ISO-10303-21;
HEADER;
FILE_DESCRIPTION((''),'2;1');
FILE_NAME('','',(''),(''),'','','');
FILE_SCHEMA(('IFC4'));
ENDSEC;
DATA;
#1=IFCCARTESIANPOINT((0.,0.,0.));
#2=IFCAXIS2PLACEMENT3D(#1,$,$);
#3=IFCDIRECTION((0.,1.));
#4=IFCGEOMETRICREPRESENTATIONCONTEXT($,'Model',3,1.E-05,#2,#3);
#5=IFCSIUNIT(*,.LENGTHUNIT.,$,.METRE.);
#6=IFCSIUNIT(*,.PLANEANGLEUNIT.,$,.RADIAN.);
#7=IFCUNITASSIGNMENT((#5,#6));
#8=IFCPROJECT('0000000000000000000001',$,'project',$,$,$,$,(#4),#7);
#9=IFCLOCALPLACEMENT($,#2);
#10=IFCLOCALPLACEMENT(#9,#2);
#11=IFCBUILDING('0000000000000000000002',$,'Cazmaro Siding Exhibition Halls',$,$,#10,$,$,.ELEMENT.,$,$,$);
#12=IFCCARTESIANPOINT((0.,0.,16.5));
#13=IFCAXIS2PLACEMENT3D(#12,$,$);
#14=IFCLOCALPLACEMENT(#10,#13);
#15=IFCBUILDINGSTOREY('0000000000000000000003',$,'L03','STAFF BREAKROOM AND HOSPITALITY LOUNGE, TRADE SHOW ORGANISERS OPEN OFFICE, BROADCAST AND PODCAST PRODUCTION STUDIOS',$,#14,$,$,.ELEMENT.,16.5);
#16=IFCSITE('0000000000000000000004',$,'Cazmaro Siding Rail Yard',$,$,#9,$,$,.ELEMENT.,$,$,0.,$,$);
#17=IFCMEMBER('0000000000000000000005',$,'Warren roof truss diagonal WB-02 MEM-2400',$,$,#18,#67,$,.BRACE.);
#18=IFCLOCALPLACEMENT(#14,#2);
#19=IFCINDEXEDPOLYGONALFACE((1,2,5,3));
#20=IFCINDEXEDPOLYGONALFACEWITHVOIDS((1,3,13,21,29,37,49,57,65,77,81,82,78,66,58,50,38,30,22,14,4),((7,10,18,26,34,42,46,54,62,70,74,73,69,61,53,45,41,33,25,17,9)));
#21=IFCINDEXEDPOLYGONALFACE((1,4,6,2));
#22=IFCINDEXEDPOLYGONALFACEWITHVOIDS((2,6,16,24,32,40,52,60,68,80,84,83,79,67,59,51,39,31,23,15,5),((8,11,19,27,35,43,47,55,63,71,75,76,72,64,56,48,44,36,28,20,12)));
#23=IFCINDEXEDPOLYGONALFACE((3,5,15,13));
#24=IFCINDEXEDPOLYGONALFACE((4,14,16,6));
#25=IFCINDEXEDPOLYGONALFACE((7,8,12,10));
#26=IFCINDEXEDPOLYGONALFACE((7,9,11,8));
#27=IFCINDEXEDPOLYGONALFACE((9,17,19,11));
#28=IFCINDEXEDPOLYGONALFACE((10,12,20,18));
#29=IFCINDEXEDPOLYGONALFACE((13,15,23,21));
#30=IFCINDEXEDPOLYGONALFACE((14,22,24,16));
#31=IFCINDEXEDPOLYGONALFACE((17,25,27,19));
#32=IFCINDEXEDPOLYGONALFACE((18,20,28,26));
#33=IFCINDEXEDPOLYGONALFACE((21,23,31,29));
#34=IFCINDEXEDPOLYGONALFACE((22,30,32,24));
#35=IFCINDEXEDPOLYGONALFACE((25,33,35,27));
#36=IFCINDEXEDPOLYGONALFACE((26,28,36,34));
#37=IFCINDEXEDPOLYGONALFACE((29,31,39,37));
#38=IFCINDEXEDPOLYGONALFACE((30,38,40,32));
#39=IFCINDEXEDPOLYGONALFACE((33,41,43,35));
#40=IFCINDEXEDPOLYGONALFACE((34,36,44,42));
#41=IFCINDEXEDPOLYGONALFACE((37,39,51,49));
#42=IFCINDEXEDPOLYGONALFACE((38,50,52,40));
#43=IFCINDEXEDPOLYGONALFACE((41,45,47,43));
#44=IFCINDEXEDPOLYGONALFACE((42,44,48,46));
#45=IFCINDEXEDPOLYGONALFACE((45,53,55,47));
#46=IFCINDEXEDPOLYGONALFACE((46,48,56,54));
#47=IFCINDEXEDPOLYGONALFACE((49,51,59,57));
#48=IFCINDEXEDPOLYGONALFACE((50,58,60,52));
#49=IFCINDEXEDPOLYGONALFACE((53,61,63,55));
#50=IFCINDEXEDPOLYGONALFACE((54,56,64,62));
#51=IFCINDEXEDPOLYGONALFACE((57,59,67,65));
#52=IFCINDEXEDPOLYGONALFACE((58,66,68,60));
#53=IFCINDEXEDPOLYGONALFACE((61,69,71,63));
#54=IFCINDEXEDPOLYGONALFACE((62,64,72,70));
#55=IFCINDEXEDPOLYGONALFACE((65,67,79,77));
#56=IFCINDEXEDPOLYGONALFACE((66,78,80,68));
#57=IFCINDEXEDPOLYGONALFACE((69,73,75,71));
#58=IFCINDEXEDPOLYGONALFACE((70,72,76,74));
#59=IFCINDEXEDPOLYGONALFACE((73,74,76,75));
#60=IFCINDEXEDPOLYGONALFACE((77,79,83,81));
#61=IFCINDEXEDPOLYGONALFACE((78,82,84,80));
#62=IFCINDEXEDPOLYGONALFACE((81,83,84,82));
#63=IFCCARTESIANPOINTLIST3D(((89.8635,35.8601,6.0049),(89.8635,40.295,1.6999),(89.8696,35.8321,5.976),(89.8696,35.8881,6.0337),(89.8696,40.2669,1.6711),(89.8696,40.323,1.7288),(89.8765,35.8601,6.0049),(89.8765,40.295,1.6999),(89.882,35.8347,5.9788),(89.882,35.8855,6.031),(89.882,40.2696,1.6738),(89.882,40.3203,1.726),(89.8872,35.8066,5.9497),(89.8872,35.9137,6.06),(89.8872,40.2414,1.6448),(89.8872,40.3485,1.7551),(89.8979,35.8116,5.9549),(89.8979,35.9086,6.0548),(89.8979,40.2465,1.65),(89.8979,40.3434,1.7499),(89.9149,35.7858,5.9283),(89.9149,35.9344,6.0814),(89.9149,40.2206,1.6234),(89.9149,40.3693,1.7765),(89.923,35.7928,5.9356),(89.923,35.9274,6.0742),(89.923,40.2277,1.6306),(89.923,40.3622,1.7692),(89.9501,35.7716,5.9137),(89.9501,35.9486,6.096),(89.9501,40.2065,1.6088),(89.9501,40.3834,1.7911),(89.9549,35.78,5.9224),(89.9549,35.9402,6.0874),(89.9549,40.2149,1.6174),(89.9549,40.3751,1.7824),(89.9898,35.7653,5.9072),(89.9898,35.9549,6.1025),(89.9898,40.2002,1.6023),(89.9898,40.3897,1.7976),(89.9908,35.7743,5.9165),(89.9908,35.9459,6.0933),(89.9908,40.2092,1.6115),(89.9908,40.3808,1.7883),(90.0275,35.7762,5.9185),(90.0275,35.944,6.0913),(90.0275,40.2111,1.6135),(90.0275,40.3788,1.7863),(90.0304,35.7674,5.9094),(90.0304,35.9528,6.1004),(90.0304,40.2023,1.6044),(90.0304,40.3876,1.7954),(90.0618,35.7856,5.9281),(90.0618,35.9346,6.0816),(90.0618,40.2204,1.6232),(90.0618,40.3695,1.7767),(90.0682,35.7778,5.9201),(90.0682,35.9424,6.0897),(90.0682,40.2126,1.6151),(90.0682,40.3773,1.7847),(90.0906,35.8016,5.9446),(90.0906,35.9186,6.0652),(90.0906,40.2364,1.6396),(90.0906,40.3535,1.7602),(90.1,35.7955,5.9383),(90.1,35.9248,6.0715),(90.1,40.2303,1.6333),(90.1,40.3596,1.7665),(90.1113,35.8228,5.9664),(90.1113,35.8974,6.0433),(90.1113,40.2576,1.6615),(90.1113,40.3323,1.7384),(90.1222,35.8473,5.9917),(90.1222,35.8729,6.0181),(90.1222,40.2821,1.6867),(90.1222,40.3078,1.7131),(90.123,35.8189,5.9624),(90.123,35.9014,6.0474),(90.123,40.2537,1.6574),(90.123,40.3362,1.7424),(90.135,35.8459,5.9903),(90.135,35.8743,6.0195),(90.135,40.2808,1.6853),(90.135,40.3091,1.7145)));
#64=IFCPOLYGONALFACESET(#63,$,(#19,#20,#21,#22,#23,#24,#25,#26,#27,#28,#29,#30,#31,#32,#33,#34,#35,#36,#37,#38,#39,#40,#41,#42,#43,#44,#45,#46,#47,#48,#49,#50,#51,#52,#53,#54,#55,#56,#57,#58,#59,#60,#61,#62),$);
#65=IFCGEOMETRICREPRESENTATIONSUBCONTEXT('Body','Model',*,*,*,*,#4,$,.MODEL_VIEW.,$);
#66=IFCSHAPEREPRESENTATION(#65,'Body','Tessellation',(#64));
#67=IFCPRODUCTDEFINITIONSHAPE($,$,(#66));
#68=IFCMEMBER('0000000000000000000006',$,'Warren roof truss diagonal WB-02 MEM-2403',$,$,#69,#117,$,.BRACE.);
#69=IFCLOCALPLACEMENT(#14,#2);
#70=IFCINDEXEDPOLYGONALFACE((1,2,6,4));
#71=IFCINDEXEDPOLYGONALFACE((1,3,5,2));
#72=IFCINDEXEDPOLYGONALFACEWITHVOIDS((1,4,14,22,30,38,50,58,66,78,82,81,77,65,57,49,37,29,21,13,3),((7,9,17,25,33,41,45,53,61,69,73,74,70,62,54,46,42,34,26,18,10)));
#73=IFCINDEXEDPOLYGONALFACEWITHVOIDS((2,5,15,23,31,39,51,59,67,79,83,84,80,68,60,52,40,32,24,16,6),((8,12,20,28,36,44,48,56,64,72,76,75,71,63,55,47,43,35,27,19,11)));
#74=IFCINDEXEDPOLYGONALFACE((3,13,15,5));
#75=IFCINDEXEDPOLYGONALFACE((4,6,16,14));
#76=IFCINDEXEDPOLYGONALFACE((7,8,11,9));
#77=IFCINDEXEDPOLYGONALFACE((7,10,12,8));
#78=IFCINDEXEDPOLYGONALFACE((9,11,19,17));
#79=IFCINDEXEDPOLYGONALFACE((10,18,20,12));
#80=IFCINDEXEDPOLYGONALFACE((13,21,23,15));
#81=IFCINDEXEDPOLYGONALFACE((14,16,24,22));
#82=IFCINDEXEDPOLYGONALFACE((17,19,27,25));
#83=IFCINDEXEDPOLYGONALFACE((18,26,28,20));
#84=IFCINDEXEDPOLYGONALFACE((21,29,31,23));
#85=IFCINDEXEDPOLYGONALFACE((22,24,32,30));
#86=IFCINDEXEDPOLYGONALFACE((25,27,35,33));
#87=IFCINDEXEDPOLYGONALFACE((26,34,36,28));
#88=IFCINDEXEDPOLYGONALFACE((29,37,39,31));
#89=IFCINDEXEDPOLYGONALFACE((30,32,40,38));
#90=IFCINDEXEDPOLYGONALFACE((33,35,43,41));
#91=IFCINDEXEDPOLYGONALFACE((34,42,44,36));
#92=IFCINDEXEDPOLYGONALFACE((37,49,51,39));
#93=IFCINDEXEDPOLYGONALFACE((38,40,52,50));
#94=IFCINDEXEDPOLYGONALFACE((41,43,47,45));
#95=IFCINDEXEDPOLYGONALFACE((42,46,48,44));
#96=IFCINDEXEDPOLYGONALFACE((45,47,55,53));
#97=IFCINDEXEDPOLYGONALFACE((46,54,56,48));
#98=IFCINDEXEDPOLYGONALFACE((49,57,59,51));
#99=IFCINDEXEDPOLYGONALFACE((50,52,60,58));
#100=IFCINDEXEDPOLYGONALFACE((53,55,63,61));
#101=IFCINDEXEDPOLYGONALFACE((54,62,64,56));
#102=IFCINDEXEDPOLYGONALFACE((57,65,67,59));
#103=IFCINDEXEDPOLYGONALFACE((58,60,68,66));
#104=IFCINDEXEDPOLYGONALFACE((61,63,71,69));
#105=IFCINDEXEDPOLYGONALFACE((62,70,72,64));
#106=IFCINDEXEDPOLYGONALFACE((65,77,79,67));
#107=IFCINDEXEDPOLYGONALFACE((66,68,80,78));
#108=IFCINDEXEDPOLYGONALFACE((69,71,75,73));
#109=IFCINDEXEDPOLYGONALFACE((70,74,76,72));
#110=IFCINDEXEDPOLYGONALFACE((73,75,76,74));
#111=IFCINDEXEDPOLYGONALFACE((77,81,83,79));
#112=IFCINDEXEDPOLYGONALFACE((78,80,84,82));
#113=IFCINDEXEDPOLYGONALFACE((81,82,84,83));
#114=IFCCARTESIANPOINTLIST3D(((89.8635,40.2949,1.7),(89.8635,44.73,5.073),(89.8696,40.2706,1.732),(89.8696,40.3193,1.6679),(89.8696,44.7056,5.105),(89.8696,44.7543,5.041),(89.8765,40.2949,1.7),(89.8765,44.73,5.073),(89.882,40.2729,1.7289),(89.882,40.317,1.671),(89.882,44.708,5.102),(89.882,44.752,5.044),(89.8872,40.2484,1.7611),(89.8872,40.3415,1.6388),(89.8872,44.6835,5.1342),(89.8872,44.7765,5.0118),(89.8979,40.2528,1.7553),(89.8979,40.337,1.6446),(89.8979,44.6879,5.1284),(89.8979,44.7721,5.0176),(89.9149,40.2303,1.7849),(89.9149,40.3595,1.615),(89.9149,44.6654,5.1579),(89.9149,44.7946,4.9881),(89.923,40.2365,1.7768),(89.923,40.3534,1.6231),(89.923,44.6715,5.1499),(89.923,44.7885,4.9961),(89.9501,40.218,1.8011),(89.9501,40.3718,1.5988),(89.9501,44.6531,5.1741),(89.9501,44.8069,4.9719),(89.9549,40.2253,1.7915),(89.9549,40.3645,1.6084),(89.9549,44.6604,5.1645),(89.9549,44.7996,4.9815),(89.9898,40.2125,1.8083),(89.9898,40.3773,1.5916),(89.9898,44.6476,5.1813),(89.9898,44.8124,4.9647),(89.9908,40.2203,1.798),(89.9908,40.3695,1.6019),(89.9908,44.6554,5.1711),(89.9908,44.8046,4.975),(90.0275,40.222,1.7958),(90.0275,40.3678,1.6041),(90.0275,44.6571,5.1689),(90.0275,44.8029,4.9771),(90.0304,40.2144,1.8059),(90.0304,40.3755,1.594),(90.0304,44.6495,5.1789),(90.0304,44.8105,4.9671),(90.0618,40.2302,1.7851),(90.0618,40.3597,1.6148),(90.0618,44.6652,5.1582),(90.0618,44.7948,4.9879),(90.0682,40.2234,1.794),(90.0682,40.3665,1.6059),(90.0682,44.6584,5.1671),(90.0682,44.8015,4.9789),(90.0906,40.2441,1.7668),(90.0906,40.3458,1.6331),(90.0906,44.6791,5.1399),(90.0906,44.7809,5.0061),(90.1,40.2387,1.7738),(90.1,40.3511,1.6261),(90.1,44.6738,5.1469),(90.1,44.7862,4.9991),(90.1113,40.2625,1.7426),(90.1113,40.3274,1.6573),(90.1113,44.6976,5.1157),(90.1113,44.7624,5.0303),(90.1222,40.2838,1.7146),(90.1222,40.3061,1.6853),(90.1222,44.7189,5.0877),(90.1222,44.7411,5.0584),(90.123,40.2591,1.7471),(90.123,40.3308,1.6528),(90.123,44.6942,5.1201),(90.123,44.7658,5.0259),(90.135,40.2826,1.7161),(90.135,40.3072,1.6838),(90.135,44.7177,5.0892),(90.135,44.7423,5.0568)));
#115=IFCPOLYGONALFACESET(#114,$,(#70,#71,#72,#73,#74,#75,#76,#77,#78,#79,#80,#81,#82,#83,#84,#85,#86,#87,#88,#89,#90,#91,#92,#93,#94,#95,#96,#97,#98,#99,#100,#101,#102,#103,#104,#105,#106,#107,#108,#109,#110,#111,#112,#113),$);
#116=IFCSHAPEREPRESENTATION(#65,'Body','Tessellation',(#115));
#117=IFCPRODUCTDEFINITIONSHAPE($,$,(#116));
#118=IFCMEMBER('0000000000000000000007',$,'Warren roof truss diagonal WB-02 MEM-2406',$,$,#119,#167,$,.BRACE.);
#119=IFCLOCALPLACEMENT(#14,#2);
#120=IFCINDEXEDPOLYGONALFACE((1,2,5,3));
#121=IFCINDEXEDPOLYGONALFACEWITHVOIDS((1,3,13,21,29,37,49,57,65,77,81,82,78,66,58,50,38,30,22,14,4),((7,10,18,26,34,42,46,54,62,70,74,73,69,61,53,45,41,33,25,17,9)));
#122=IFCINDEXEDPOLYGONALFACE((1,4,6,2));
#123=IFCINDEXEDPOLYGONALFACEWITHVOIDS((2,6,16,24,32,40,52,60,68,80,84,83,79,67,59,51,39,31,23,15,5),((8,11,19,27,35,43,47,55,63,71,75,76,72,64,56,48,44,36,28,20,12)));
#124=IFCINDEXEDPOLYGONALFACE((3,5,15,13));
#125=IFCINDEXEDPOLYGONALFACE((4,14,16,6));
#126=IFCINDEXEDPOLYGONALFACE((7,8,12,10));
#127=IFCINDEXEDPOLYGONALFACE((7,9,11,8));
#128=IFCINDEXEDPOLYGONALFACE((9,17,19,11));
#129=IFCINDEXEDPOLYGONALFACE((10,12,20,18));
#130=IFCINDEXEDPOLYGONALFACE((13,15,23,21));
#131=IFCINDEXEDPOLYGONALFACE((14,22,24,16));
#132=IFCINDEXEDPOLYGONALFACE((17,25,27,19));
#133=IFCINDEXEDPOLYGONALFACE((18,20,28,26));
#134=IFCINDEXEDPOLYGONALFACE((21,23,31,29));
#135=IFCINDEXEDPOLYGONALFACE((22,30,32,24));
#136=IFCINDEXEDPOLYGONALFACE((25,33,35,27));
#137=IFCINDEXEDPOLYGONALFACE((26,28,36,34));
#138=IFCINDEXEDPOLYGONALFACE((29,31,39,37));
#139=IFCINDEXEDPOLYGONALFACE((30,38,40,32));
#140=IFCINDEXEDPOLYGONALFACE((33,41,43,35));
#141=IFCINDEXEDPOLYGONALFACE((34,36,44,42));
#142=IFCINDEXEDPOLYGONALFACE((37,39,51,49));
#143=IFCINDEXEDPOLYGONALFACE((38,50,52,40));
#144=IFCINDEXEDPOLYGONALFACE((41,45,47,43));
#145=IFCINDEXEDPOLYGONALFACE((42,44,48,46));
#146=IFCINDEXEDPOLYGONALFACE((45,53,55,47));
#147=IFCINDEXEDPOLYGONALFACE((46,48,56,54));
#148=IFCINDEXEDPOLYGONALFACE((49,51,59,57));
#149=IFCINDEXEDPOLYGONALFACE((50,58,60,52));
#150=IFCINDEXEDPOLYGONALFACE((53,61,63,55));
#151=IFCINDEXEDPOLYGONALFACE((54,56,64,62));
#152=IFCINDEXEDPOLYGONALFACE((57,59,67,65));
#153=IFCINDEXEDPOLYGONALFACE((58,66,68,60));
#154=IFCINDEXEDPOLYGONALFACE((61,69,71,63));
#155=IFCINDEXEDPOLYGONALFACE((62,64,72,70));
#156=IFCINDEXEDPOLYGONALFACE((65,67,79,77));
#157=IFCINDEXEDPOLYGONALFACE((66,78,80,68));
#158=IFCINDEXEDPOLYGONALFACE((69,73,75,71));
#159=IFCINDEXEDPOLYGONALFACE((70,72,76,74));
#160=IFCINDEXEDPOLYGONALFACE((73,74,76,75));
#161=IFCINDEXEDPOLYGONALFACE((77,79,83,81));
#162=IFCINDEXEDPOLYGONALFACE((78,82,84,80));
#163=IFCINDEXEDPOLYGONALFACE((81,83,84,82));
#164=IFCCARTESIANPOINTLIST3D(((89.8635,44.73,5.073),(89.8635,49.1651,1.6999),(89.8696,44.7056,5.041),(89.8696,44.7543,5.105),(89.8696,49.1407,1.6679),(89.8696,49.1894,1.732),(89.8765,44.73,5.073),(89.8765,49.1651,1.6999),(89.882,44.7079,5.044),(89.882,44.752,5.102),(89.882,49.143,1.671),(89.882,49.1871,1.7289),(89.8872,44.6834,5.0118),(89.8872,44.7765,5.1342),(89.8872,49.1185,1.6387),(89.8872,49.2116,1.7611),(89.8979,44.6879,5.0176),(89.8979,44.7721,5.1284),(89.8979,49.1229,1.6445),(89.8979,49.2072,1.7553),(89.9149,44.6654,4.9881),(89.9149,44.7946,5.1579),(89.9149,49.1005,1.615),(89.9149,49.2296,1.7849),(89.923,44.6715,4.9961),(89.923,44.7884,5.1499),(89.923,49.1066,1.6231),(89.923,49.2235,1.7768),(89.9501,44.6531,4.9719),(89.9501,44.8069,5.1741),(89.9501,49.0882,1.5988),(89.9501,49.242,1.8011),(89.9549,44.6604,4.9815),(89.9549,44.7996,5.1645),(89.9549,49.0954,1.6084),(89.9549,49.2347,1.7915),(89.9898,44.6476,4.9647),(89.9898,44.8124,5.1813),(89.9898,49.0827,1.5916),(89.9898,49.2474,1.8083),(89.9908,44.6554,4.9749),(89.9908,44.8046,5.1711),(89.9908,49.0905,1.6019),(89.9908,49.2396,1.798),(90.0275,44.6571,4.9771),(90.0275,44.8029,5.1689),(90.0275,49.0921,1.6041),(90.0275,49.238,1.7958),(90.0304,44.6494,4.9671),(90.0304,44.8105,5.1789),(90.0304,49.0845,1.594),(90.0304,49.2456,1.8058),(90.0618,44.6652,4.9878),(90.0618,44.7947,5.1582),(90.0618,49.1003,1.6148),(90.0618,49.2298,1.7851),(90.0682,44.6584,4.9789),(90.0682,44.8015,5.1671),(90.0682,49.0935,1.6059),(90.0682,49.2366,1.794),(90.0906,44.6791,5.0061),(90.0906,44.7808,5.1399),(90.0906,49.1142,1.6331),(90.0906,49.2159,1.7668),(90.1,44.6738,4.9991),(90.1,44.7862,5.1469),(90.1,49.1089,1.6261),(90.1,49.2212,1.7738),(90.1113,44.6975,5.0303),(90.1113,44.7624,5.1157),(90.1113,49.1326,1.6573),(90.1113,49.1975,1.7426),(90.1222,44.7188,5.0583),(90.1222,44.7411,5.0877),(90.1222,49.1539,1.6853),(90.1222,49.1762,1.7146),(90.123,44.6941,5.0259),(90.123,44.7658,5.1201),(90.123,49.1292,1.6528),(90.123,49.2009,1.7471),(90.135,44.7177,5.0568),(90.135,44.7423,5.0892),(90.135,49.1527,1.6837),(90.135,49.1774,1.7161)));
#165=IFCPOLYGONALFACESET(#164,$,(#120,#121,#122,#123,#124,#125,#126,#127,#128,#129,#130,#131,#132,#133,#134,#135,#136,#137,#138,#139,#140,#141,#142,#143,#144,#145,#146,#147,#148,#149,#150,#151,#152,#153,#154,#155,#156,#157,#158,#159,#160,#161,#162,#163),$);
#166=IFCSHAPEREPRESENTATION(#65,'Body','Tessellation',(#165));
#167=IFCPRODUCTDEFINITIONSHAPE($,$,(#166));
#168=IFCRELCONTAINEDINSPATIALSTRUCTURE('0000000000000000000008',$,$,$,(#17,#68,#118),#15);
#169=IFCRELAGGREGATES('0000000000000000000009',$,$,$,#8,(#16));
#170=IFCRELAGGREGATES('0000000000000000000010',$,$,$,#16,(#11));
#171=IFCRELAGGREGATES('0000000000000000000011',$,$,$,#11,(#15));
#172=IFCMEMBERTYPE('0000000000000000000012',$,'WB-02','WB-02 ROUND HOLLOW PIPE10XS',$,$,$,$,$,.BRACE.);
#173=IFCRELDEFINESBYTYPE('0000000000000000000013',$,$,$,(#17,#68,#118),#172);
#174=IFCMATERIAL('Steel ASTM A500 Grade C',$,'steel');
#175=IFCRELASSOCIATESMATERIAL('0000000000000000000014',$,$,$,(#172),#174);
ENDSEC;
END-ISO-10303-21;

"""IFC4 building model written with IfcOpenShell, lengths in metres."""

from ifc_helpers import new_model, si_unit, direction, frame, origin, origin_2d, place, context, subcontext, project, spatial, hollow_circle, extrude, material, material_profile, profile_set, type_object, element, save


model = new_model("IFC4")

# Units and contexts
model_context = context("Model", 3, precision=1e-05, world=origin(), true_north=direction((0.0, 1.0)))
body_context = subcontext(model_context, "Body", "Model", "MODEL_VIEW")
ifc_project = project(units=[si_unit("LENGTHUNIT", "METRE"), si_unit("PLANEANGLEUNIT", "RADIAN")], contexts=[model_context])

# Site, building, storey
site_placement = place(None, origin())
site = spatial("IfcSite", under=ifc_project, at=site_placement, Name="Cazmaro Siding Rail Yard", CompositionType="ELEMENT", RefElevation=0.0)
building_placement = place(site_placement, origin())
building = spatial("IfcBuilding", under=site, at=building_placement, Name="Cazmaro Siding Exhibition Halls", CompositionType="ELEMENT")
storey_placement = place(building_placement, frame((0.0, 0.0, 16.5)))
storey = spatial("IfcBuildingStorey", under=building, at=storey_placement, Name="L03", Description="STAFF BREAKROOM AND HOSPITALITY LOUNGE, TRADE SHOW ORGANISERS OPEN OFFICE, BROADCAST AND PODCAST PRODUCTION STUDIOS", CompositionType="ELEMENT", Elevation=16.5)

# Members
ifc_material_1 = material(Name="Steel ASTM A500 Grade C", Category="steel")
ifc_material_profile_1 = material_profile(ifc_material_1, hollow_circle(Radius=0.1365, WallThickness=0.0129, at=origin_2d()), Name="PIPE10XS")
ifc_profile_set_1 = profile_set([ifc_material_profile_1], Name="Steel ASTM A500 Grade C")
member_type_1 = type_object("IfcMemberType", Name="WB-02", Description="WB-02 ROUND HOLLOW PIPE10XS", PredefinedType="BRACE", material=ifc_profile_set_1)
member_1_placement = place(storey_placement, frame((90.0, 35.8601, 6.0049), z_axis=(0.0, 0.717536, -0.696521), x_axis=(-1.0, 0.0, 0.0)))
element("IfcMember", 1, at=member_1_placement, inside=storey, type_object=member_type_1, Name="Warren roof truss diagonal WB-02 MEM-2400", PredefinedType="BRACE", context=body_context, shape_type="SweptSolid", body=[
    extrude(hollow_circle(Radius=0.1365, WallThickness=0.0129, at=origin_2d()), origin(), (0.0, 0.0, 1.0), 6.1807),
])
for number, where, z_axis, x_axis, name in (
    (2, (90.0, 40.2949, 1.7), (0.0, 0.795954, 0.605357), (-1.0, 0.0, 0.0), "Warren roof truss diagonal WB-02 MEM-2403"),
    (3, (90.0, 44.73, 5.073), (0.0, 0.795954, -0.605357), (-1.0, 0.0, 0.0), "Warren roof truss diagonal WB-02 MEM-2406"),
):
    element("IfcMember", number, at=place(storey_placement, frame(where, z_axis=z_axis, x_axis=x_axis)), inside=storey, type_object=member_type_1, Name=name, PredefinedType="BRACE", context=body_context, shape_type="SweptSolid", body=[
        extrude(hollow_circle(Radius=0.1365, WallThickness=0.0129, at=origin_2d()), origin(), (0.0, 0.0, 1.0), 5.572),
    ])

save(model, "model.ifc")
